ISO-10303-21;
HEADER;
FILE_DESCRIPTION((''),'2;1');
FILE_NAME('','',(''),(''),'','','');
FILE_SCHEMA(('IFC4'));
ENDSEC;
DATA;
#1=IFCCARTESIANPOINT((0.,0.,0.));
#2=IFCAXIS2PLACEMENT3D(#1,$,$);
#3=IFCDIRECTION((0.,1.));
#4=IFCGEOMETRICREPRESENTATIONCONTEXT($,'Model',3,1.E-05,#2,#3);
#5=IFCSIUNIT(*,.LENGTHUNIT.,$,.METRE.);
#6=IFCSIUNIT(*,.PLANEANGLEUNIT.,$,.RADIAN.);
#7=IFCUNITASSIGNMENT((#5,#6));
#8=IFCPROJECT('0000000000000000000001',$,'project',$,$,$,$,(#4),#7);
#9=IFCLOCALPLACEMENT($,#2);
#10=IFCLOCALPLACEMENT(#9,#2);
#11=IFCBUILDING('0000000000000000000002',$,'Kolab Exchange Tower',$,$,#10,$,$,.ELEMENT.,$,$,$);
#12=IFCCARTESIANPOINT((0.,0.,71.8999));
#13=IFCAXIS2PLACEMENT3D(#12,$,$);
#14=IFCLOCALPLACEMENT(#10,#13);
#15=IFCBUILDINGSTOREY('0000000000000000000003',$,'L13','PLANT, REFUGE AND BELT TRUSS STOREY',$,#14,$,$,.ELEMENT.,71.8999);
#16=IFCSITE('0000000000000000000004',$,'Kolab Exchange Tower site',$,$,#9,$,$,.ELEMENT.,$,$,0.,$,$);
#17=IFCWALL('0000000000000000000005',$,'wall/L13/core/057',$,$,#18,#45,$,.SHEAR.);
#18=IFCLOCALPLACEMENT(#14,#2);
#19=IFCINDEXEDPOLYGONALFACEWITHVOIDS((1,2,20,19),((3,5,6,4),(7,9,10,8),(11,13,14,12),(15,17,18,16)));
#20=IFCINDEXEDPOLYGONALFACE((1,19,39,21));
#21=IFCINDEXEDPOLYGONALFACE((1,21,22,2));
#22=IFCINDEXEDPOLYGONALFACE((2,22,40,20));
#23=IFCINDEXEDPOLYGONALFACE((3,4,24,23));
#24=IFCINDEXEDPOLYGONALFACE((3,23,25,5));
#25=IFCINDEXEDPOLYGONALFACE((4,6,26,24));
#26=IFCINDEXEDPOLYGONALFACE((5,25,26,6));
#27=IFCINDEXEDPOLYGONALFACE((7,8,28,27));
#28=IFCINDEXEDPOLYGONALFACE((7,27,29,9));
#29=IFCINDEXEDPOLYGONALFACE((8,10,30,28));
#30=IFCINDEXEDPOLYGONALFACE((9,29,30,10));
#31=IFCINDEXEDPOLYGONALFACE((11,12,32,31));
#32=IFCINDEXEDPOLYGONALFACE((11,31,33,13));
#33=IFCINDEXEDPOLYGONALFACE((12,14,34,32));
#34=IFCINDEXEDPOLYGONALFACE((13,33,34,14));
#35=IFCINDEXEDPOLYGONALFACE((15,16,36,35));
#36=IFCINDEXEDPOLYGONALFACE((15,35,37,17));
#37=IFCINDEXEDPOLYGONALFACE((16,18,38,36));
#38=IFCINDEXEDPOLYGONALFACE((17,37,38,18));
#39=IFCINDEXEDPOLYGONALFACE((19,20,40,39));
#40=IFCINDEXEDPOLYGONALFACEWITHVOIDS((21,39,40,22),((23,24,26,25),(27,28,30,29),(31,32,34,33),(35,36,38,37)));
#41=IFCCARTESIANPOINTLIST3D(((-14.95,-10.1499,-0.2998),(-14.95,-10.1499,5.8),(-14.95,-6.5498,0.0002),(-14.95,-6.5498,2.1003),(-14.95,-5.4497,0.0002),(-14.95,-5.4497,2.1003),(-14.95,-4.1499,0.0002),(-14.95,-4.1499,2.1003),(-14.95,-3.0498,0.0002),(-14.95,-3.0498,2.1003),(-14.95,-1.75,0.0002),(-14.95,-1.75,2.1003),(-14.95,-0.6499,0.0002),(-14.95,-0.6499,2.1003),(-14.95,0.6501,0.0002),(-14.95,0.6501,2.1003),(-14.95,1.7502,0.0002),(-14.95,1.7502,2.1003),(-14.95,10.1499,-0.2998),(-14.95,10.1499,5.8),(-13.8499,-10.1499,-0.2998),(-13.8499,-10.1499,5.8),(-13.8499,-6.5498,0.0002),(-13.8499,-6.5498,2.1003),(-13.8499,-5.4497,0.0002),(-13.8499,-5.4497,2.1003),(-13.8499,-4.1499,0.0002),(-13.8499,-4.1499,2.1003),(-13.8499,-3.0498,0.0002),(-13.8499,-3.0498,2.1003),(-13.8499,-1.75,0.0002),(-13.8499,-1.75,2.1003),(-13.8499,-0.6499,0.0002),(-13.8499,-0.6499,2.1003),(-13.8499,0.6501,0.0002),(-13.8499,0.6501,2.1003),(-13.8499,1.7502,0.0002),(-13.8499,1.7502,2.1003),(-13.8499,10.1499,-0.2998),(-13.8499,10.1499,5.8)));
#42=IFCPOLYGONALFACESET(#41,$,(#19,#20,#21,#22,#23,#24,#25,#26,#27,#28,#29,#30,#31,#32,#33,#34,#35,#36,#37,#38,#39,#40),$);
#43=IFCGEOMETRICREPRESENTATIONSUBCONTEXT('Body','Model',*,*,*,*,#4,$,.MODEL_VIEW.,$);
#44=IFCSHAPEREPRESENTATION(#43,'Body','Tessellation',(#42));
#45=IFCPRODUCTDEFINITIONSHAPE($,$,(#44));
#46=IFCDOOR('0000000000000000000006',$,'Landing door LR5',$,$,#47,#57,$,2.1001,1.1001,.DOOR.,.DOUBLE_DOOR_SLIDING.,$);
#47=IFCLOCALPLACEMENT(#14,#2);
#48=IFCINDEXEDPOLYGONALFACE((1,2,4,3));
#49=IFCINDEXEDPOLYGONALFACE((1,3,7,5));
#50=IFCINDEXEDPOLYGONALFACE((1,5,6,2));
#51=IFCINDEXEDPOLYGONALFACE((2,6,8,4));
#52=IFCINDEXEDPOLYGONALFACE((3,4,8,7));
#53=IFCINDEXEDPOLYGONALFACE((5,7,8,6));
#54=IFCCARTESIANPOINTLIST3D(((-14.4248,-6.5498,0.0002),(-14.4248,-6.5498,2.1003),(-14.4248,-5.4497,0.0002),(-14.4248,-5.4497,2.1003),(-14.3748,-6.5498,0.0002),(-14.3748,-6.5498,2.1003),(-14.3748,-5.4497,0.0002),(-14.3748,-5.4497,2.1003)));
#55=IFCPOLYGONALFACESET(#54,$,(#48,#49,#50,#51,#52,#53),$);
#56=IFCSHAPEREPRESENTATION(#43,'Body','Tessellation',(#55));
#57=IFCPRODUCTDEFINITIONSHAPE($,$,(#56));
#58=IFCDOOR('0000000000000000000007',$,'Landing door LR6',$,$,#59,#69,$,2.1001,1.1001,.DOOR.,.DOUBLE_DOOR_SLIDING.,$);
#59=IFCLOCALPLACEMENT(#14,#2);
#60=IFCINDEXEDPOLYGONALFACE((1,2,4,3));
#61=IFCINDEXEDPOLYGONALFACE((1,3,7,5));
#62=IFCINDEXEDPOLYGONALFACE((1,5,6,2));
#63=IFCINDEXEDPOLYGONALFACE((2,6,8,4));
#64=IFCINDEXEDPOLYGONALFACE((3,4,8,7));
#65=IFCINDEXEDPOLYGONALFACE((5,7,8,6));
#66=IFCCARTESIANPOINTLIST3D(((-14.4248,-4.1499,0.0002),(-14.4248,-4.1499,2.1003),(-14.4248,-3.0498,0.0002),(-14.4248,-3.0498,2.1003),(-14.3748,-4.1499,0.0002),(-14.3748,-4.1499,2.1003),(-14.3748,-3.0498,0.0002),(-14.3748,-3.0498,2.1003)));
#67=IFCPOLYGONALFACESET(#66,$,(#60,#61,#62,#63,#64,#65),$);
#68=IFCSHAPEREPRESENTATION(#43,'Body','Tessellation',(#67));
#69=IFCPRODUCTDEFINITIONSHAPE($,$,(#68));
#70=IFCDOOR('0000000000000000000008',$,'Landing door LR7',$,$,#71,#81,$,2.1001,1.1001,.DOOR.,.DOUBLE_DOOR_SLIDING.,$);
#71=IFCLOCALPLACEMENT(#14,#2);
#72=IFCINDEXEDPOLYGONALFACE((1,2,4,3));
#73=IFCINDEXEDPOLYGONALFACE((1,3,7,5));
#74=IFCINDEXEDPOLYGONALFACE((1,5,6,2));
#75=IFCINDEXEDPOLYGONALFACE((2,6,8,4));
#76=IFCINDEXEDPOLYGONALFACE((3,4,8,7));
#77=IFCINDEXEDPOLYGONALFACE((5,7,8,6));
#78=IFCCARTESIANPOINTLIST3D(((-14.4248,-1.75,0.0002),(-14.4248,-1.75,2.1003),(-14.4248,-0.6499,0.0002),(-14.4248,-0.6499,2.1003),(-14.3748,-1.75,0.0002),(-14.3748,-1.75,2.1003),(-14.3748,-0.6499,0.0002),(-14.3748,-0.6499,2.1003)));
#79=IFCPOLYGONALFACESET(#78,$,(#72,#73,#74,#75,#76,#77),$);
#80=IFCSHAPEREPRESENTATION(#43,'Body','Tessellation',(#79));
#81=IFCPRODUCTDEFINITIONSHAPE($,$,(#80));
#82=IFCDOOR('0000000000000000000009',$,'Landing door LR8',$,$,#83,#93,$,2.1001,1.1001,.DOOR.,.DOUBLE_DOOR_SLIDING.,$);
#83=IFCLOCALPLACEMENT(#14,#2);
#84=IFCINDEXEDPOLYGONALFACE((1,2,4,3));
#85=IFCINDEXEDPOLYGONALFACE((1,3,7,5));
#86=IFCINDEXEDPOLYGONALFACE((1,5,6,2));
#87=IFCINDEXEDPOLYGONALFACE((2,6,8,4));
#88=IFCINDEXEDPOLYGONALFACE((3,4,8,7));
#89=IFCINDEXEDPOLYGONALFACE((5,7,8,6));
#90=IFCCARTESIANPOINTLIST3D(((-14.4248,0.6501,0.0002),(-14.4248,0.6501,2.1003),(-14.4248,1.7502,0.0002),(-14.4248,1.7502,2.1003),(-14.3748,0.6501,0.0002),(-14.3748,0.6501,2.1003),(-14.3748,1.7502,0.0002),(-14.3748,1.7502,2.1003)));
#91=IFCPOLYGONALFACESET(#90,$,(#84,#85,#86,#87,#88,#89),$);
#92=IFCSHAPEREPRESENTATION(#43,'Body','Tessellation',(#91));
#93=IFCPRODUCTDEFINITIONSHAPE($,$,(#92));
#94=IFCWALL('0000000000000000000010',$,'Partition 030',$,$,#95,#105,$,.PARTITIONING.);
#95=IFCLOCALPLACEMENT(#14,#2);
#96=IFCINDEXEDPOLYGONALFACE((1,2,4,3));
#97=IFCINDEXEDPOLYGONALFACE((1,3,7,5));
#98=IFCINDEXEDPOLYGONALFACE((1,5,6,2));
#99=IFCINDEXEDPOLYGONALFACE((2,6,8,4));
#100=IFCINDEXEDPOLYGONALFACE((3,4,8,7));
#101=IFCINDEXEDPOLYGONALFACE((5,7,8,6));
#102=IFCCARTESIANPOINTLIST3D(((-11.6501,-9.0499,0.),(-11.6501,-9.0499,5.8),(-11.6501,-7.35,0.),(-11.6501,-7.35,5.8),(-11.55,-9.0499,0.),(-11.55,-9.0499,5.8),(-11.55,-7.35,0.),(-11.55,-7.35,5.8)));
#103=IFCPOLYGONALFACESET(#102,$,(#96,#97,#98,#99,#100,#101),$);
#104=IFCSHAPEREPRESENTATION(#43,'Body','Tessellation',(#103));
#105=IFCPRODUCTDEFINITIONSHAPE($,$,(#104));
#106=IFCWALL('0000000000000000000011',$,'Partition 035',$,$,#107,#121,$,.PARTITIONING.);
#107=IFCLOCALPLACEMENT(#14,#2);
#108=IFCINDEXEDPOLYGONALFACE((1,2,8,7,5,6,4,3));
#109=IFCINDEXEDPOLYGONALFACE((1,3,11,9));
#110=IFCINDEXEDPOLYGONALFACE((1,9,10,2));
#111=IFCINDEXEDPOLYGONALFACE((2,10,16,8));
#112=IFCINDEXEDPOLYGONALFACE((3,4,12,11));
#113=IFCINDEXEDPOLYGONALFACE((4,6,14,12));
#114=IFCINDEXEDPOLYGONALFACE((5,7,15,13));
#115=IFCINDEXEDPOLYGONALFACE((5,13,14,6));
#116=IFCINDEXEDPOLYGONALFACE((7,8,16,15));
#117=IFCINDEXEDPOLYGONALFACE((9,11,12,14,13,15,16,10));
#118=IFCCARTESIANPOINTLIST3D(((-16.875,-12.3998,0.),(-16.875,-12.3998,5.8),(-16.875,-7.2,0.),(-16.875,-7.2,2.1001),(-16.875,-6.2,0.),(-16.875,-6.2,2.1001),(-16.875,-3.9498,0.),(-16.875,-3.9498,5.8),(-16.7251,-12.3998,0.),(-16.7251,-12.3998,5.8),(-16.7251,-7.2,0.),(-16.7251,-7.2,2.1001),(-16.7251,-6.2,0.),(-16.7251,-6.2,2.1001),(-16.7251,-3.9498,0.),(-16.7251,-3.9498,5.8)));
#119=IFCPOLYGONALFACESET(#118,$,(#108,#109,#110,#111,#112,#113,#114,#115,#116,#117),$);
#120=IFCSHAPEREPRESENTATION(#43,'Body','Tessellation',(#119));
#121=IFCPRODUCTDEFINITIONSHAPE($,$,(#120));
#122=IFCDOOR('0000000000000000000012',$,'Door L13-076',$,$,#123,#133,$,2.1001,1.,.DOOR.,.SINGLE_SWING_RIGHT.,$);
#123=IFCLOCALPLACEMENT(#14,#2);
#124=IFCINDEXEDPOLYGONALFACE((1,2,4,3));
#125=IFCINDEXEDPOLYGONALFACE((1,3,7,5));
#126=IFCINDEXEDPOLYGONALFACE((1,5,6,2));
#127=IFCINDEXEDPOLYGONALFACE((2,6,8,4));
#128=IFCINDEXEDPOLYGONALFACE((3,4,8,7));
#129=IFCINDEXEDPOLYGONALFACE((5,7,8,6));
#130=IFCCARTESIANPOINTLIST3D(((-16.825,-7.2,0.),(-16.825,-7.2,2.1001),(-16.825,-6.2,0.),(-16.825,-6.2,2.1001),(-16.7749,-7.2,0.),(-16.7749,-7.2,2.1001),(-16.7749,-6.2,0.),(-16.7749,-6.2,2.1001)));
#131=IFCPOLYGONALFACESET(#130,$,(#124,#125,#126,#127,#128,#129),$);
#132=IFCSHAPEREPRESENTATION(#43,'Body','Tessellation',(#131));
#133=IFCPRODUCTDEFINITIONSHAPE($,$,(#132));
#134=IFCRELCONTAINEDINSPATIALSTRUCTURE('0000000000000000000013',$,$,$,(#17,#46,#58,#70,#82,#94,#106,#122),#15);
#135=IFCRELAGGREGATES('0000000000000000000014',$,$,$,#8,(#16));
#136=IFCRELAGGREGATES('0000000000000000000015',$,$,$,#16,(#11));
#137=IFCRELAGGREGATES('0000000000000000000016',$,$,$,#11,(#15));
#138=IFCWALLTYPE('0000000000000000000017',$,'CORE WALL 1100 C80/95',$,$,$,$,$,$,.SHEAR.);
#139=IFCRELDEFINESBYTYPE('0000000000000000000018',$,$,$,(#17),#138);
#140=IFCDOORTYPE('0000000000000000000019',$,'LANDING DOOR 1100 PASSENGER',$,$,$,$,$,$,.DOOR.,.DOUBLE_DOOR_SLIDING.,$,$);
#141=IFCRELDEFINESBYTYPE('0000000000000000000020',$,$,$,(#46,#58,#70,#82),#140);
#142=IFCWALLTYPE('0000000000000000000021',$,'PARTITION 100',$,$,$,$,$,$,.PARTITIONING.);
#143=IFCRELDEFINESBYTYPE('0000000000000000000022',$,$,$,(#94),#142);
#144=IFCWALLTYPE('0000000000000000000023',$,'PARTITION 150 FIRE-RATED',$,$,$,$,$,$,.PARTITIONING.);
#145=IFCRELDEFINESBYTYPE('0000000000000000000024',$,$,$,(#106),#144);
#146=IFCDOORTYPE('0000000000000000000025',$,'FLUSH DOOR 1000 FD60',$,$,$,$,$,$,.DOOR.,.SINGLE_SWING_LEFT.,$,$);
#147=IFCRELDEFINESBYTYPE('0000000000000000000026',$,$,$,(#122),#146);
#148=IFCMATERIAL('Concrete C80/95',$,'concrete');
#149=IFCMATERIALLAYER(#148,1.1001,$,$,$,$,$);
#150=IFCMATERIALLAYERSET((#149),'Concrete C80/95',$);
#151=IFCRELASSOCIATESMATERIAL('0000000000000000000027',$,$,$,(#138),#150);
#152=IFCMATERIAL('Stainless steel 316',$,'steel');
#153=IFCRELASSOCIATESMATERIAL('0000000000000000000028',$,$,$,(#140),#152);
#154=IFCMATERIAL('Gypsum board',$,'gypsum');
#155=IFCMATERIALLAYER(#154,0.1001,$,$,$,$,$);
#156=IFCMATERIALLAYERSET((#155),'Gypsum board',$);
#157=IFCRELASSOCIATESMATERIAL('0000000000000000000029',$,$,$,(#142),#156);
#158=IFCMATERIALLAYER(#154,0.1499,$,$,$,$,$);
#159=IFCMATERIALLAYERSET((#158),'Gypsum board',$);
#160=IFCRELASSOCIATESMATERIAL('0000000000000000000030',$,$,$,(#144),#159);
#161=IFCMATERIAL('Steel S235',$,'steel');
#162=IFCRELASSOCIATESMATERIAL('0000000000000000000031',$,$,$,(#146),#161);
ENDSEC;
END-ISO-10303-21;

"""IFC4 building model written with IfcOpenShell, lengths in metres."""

from ifc_helpers import new_model, si_unit, direction, frame, frame_2d, origin, place, context, subcontext, project, spatial, rectangle, extrude, material, layer, layer_set, type_object, element, fill, save


model = new_model("IFC4")

# Units and contexts
model_context = context("Model", 3, precision=1e-05, world=origin(), true_north=direction((0.0, 1.0)))
body_context = subcontext(model_context, "Body", "Model", "MODEL_VIEW")
ifc_project = project(units=[si_unit("LENGTHUNIT", "METRE"), si_unit("PLANEANGLEUNIT", "RADIAN")], contexts=[model_context])

# Site, building, storey
site_placement = place(None, origin())
site = spatial("IfcSite", under=ifc_project, at=site_placement, Name="Kolab Exchange Tower site", CompositionType="ELEMENT", RefElevation=0.0)
building_placement = place(site_placement, origin())
building = spatial("IfcBuilding", under=site, at=building_placement, Name="Kolab Exchange Tower", CompositionType="ELEMENT")
storey_placement = place(building_placement, frame((0.0, 0.0, 71.8999)))
storey = spatial("IfcBuildingStorey", under=building, at=storey_placement, Name="L13", Description="PLANT, REFUGE AND BELT TRUSS STOREY", CompositionType="ELEMENT", Elevation=71.8999)

# Wall, openings, doors
ifc_material_1 = material(Name="Concrete C80/95", Category="concrete")
ifc_layer_1 = layer(ifc_material_1, 1.1001)
ifc_layer_set_1 = layer_set([ifc_layer_1], Name="Concrete C80/95")
wall_type_1 = type_object("IfcWallType", Name="CORE WALL 1100 C80/95", PredefinedType="SHEAR", material=ifc_layer_set_1)
ifc_material_2 = material(Name="Steel S235", Category="steel")
wall_1_placement = place(storey_placement, frame((-14.3999, -10.1499, -0.2998), z_axis=(0.0, 0.0, 1.0), x_axis=(0.0, 1.0, 0.0)))
wall_1 = element("IfcWall", 1, at=wall_1_placement, inside=storey, type_object=wall_type_1, Name="wall/L13/core/057", PredefinedType="SHEAR", context=body_context, shape_type="SweptSolid", body=[
    extrude(rectangle(XDim=20.2998, YDim=1.1001, at=frame_2d((10.1499, 0.0))), origin(), (0.0, 0.0, 1.0), 6.0999),
])
opening_1_placement = place(wall_1_placement, frame((3.6001, 0.0, 0.3)))
opening_1 = element("IfcOpeningElement", 2, at=opening_1_placement, cuts=wall_1, PredefinedType="OPENING", context=body_context, shape_type="SweptSolid", body=[
    extrude(rectangle(XDim=1.1001, YDim=2.1001, at=frame_2d((0.55, 1.05))), frame((0.0, 0.5601, 0.0), z_axis=(0.0, -1.0, 0.0), x_axis=(1.0, 0.0, 0.0)), (0.0, 0.0, 1.0), 1.1201),
])
opening_2_placement = place(wall_1_placement, frame((6.0, 0.0, 0.3)))
opening_2 = element("IfcOpeningElement", 3, at=opening_2_placement, cuts=wall_1, PredefinedType="OPENING", context=body_context, shape_type="SweptSolid", body=[
    extrude(rectangle(XDim=1.1001, YDim=2.1001, at=frame_2d((0.55, 1.05))), frame((0.0, 0.5601, 0.0), z_axis=(0.0, -1.0, 0.0), x_axis=(1.0, 0.0, 0.0)), (0.0, 0.0, 1.0), 1.1201),
])
opening_3_placement = place(wall_1_placement, frame((8.3999, 0.0, 0.3)))
opening_3 = element("IfcOpeningElement", 4, at=opening_3_placement, cuts=wall_1, PredefinedType="OPENING", context=body_context, shape_type="SweptSolid", body=[
    extrude(rectangle(XDim=1.1001, YDim=2.1001, at=frame_2d((0.55, 1.05))), frame((0.0, 0.5601, 0.0), z_axis=(0.0, -1.0, 0.0), x_axis=(1.0, 0.0, 0.0)), (0.0, 0.0, 1.0), 1.1201),
])
opening_4_placement = place(wall_1_placement, frame((10.8, 0.0, 0.3)))
opening_4 = element("IfcOpeningElement", 5, at=opening_4_placement, cuts=wall_1, PredefinedType="OPENING", context=body_context, shape_type="SweptSolid", body=[
    extrude(rectangle(XDim=1.1001, YDim=2.1001, at=frame_2d((0.55, 1.05))), frame((0.0, 0.5601, 0.0), z_axis=(0.0, -1.0, 0.0), x_axis=(1.0, 0.0, 0.0)), (0.0, 0.0, 1.0), 1.1201),
])
ifc_material_3 = material(Name="Stainless steel 316", Category="steel")
door_type_1 = type_object("IfcDoorType", Name="LANDING DOOR 1100 PASSENGER", OperationType="DOUBLE_DOOR_SLIDING", PredefinedType="DOOR", material=ifc_material_3)
door_1_placement = place(opening_1_placement, origin())
door_1 = element("IfcDoor", 6, at=door_1_placement, inside=storey, type_object=door_type_1, Name="Landing door LR5", OperationType="DOUBLE_DOOR_SLIDING", OverallHeight=2.1001, OverallWidth=1.1001, PredefinedType="DOOR", context=body_context, shape_type="SweptSolid", body=[
    extrude(rectangle(XDim=1.1001, YDim=2.1001, at=frame_2d((0.55, 1.05))), frame((0.0, 0.0249, 0.0), z_axis=(0.0, -1.0, 0.0), x_axis=(1.0, 0.0, 0.0)), (0.0, 0.0, 1.0), 0.05),
])
fill(opening_1, door_1)
door_2_placement = place(opening_2_placement, origin())
door_2 = element("IfcDoor", 7, at=door_2_placement, inside=storey, type_object=door_type_1, Name="Landing door LR6", OperationType="DOUBLE_DOOR_SLIDING", OverallHeight=2.1001, OverallWidth=1.1001, PredefinedType="DOOR", context=body_context, shape_type="SweptSolid", body=[
    extrude(rectangle(XDim=1.1001, YDim=2.1001, at=frame_2d((0.55, 1.05))), frame((0.0, 0.0249, 0.0), z_axis=(0.0, -1.0, 0.0), x_axis=(1.0, 0.0, 0.0)), (0.0, 0.0, 1.0), 0.05),
])
fill(opening_2, door_2)
door_3_placement = place(opening_3_placement, origin())
door_3 = element("IfcDoor", 8, at=door_3_placement, inside=storey, type_object=door_type_1, Name="Landing door LR7", OperationType="DOUBLE_DOOR_SLIDING", OverallHeight=2.1001, OverallWidth=1.1001, PredefinedType="DOOR", context=body_context, shape_type="SweptSolid", body=[
    extrude(rectangle(XDim=1.1001, YDim=2.1001, at=frame_2d((0.55, 1.05))), frame((0.0, 0.0249, 0.0), z_axis=(0.0, -1.0, 0.0), x_axis=(1.0, 0.0, 0.0)), (0.0, 0.0, 1.0), 0.05),
])
fill(opening_3, door_3)
door_4_placement = place(opening_4_placement, origin())
door_4 = element("IfcDoor", 9, at=door_4_placement, inside=storey, type_object=door_type_1, Name="Landing door LR8", OperationType="DOUBLE_DOOR_SLIDING", OverallHeight=2.1001, OverallWidth=1.1001, PredefinedType="DOOR", context=body_context, shape_type="SweptSolid", body=[
    extrude(rectangle(XDim=1.1001, YDim=2.1001, at=frame_2d((0.55, 1.05))), frame((0.0, 0.0249, 0.0), z_axis=(0.0, -1.0, 0.0), x_axis=(1.0, 0.0, 0.0)), (0.0, 0.0, 1.0), 0.05),
])
fill(opening_4, door_4)

# Wall
ifc_material_4 = material(Name="Gypsum board", Category="gypsum")
ifc_layer_2 = layer(ifc_material_4, 0.1001)
ifc_layer_set_2 = layer_set([ifc_layer_2], Name="Gypsum board")
wall_type_2 = type_object("IfcWallType", Name="PARTITION 100", PredefinedType="PARTITIONING", material=ifc_layer_set_2)
wall_2_placement = place(storey_placement, frame((-11.6001, -9.05, 0.0), z_axis=(0.0, 0.0, 1.0), x_axis=(0.0, 1.0, 0.0)))
element("IfcWall", 10, at=wall_2_placement, inside=storey, type_object=wall_type_2, Name="Partition 030", PredefinedType="PARTITIONING", context=body_context, shape_type="SweptSolid", body=[
    extrude(rectangle(XDim=1.7, YDim=0.1001, at=frame_2d((0.8501, 0.0))), origin(), (0.0, 0.0, 1.0), 5.8),
])

# Wall, opening, door
ifc_layer_3 = layer(ifc_material_4, 0.1499)
ifc_layer_set_3 = layer_set([ifc_layer_3], Name="Gypsum board")
wall_type_3 = type_object("IfcWallType", Name="PARTITION 150 FIRE-RATED", PredefinedType="PARTITIONING", material=ifc_layer_set_3)
wall_3_placement = place(storey_placement, frame((-16.8, -12.3999, 0.0), z_axis=(0.0, 0.0, 1.0), x_axis=(0.0, 1.0, 0.0)))
wall_3 = element("IfcWall", 11, at=wall_3_placement, inside=storey, type_object=wall_type_3, Name="Partition 035", PredefinedType="PARTITIONING", context=body_context, shape_type="SweptSolid", body=[
    extrude(rectangle(XDim=8.45, YDim=0.1499, at=frame_2d((4.2251, 0.0))), origin(), (0.0, 0.0, 1.0), 5.8),
])
opening_5_placement = place(wall_3_placement, frame((5.2, 0.0, 0.0)))
opening_5 = element("IfcOpeningElement", 12, at=opening_5_placement, cuts=wall_3, PredefinedType="OPENING", context=body_context, shape_type="SweptSolid", body=[
    extrude(rectangle(XDim=1.0, YDim=2.1001, at=frame_2d((0.5, 1.05))), frame((0.0, 0.085, 0.0), z_axis=(0.0, -1.0, 0.0), x_axis=(1.0, 0.0, 0.0)), (0.0, 0.0, 1.0), 0.1699),
])
door_type_2 = type_object("IfcDoorType", Name="FLUSH DOOR 1000 FD60", OperationType="SINGLE_SWING_LEFT", PredefinedType="DOOR", material=ifc_material_2)
door_5_placement = place(opening_5_placement, origin())
door_5 = element("IfcDoor", 13, at=door_5_placement, inside=storey, type_object=door_type_2, Name="Door L13-076", OperationType="SINGLE_SWING_RIGHT", OverallHeight=2.1001, OverallWidth=1.0, PredefinedType="DOOR", context=body_context, shape_type="SweptSolid", body=[
    extrude(rectangle(XDim=1.0, YDim=2.1001, at=frame_2d((0.5, 1.05))), frame((0.0, 0.0249, 0.0), z_axis=(0.0, -1.0, 0.0), x_axis=(1.0, 0.0, 0.0)), (0.0, 0.0, 1.0), 0.05),
])
fill(opening_5, door_5)

save(model, "model.ifc")
